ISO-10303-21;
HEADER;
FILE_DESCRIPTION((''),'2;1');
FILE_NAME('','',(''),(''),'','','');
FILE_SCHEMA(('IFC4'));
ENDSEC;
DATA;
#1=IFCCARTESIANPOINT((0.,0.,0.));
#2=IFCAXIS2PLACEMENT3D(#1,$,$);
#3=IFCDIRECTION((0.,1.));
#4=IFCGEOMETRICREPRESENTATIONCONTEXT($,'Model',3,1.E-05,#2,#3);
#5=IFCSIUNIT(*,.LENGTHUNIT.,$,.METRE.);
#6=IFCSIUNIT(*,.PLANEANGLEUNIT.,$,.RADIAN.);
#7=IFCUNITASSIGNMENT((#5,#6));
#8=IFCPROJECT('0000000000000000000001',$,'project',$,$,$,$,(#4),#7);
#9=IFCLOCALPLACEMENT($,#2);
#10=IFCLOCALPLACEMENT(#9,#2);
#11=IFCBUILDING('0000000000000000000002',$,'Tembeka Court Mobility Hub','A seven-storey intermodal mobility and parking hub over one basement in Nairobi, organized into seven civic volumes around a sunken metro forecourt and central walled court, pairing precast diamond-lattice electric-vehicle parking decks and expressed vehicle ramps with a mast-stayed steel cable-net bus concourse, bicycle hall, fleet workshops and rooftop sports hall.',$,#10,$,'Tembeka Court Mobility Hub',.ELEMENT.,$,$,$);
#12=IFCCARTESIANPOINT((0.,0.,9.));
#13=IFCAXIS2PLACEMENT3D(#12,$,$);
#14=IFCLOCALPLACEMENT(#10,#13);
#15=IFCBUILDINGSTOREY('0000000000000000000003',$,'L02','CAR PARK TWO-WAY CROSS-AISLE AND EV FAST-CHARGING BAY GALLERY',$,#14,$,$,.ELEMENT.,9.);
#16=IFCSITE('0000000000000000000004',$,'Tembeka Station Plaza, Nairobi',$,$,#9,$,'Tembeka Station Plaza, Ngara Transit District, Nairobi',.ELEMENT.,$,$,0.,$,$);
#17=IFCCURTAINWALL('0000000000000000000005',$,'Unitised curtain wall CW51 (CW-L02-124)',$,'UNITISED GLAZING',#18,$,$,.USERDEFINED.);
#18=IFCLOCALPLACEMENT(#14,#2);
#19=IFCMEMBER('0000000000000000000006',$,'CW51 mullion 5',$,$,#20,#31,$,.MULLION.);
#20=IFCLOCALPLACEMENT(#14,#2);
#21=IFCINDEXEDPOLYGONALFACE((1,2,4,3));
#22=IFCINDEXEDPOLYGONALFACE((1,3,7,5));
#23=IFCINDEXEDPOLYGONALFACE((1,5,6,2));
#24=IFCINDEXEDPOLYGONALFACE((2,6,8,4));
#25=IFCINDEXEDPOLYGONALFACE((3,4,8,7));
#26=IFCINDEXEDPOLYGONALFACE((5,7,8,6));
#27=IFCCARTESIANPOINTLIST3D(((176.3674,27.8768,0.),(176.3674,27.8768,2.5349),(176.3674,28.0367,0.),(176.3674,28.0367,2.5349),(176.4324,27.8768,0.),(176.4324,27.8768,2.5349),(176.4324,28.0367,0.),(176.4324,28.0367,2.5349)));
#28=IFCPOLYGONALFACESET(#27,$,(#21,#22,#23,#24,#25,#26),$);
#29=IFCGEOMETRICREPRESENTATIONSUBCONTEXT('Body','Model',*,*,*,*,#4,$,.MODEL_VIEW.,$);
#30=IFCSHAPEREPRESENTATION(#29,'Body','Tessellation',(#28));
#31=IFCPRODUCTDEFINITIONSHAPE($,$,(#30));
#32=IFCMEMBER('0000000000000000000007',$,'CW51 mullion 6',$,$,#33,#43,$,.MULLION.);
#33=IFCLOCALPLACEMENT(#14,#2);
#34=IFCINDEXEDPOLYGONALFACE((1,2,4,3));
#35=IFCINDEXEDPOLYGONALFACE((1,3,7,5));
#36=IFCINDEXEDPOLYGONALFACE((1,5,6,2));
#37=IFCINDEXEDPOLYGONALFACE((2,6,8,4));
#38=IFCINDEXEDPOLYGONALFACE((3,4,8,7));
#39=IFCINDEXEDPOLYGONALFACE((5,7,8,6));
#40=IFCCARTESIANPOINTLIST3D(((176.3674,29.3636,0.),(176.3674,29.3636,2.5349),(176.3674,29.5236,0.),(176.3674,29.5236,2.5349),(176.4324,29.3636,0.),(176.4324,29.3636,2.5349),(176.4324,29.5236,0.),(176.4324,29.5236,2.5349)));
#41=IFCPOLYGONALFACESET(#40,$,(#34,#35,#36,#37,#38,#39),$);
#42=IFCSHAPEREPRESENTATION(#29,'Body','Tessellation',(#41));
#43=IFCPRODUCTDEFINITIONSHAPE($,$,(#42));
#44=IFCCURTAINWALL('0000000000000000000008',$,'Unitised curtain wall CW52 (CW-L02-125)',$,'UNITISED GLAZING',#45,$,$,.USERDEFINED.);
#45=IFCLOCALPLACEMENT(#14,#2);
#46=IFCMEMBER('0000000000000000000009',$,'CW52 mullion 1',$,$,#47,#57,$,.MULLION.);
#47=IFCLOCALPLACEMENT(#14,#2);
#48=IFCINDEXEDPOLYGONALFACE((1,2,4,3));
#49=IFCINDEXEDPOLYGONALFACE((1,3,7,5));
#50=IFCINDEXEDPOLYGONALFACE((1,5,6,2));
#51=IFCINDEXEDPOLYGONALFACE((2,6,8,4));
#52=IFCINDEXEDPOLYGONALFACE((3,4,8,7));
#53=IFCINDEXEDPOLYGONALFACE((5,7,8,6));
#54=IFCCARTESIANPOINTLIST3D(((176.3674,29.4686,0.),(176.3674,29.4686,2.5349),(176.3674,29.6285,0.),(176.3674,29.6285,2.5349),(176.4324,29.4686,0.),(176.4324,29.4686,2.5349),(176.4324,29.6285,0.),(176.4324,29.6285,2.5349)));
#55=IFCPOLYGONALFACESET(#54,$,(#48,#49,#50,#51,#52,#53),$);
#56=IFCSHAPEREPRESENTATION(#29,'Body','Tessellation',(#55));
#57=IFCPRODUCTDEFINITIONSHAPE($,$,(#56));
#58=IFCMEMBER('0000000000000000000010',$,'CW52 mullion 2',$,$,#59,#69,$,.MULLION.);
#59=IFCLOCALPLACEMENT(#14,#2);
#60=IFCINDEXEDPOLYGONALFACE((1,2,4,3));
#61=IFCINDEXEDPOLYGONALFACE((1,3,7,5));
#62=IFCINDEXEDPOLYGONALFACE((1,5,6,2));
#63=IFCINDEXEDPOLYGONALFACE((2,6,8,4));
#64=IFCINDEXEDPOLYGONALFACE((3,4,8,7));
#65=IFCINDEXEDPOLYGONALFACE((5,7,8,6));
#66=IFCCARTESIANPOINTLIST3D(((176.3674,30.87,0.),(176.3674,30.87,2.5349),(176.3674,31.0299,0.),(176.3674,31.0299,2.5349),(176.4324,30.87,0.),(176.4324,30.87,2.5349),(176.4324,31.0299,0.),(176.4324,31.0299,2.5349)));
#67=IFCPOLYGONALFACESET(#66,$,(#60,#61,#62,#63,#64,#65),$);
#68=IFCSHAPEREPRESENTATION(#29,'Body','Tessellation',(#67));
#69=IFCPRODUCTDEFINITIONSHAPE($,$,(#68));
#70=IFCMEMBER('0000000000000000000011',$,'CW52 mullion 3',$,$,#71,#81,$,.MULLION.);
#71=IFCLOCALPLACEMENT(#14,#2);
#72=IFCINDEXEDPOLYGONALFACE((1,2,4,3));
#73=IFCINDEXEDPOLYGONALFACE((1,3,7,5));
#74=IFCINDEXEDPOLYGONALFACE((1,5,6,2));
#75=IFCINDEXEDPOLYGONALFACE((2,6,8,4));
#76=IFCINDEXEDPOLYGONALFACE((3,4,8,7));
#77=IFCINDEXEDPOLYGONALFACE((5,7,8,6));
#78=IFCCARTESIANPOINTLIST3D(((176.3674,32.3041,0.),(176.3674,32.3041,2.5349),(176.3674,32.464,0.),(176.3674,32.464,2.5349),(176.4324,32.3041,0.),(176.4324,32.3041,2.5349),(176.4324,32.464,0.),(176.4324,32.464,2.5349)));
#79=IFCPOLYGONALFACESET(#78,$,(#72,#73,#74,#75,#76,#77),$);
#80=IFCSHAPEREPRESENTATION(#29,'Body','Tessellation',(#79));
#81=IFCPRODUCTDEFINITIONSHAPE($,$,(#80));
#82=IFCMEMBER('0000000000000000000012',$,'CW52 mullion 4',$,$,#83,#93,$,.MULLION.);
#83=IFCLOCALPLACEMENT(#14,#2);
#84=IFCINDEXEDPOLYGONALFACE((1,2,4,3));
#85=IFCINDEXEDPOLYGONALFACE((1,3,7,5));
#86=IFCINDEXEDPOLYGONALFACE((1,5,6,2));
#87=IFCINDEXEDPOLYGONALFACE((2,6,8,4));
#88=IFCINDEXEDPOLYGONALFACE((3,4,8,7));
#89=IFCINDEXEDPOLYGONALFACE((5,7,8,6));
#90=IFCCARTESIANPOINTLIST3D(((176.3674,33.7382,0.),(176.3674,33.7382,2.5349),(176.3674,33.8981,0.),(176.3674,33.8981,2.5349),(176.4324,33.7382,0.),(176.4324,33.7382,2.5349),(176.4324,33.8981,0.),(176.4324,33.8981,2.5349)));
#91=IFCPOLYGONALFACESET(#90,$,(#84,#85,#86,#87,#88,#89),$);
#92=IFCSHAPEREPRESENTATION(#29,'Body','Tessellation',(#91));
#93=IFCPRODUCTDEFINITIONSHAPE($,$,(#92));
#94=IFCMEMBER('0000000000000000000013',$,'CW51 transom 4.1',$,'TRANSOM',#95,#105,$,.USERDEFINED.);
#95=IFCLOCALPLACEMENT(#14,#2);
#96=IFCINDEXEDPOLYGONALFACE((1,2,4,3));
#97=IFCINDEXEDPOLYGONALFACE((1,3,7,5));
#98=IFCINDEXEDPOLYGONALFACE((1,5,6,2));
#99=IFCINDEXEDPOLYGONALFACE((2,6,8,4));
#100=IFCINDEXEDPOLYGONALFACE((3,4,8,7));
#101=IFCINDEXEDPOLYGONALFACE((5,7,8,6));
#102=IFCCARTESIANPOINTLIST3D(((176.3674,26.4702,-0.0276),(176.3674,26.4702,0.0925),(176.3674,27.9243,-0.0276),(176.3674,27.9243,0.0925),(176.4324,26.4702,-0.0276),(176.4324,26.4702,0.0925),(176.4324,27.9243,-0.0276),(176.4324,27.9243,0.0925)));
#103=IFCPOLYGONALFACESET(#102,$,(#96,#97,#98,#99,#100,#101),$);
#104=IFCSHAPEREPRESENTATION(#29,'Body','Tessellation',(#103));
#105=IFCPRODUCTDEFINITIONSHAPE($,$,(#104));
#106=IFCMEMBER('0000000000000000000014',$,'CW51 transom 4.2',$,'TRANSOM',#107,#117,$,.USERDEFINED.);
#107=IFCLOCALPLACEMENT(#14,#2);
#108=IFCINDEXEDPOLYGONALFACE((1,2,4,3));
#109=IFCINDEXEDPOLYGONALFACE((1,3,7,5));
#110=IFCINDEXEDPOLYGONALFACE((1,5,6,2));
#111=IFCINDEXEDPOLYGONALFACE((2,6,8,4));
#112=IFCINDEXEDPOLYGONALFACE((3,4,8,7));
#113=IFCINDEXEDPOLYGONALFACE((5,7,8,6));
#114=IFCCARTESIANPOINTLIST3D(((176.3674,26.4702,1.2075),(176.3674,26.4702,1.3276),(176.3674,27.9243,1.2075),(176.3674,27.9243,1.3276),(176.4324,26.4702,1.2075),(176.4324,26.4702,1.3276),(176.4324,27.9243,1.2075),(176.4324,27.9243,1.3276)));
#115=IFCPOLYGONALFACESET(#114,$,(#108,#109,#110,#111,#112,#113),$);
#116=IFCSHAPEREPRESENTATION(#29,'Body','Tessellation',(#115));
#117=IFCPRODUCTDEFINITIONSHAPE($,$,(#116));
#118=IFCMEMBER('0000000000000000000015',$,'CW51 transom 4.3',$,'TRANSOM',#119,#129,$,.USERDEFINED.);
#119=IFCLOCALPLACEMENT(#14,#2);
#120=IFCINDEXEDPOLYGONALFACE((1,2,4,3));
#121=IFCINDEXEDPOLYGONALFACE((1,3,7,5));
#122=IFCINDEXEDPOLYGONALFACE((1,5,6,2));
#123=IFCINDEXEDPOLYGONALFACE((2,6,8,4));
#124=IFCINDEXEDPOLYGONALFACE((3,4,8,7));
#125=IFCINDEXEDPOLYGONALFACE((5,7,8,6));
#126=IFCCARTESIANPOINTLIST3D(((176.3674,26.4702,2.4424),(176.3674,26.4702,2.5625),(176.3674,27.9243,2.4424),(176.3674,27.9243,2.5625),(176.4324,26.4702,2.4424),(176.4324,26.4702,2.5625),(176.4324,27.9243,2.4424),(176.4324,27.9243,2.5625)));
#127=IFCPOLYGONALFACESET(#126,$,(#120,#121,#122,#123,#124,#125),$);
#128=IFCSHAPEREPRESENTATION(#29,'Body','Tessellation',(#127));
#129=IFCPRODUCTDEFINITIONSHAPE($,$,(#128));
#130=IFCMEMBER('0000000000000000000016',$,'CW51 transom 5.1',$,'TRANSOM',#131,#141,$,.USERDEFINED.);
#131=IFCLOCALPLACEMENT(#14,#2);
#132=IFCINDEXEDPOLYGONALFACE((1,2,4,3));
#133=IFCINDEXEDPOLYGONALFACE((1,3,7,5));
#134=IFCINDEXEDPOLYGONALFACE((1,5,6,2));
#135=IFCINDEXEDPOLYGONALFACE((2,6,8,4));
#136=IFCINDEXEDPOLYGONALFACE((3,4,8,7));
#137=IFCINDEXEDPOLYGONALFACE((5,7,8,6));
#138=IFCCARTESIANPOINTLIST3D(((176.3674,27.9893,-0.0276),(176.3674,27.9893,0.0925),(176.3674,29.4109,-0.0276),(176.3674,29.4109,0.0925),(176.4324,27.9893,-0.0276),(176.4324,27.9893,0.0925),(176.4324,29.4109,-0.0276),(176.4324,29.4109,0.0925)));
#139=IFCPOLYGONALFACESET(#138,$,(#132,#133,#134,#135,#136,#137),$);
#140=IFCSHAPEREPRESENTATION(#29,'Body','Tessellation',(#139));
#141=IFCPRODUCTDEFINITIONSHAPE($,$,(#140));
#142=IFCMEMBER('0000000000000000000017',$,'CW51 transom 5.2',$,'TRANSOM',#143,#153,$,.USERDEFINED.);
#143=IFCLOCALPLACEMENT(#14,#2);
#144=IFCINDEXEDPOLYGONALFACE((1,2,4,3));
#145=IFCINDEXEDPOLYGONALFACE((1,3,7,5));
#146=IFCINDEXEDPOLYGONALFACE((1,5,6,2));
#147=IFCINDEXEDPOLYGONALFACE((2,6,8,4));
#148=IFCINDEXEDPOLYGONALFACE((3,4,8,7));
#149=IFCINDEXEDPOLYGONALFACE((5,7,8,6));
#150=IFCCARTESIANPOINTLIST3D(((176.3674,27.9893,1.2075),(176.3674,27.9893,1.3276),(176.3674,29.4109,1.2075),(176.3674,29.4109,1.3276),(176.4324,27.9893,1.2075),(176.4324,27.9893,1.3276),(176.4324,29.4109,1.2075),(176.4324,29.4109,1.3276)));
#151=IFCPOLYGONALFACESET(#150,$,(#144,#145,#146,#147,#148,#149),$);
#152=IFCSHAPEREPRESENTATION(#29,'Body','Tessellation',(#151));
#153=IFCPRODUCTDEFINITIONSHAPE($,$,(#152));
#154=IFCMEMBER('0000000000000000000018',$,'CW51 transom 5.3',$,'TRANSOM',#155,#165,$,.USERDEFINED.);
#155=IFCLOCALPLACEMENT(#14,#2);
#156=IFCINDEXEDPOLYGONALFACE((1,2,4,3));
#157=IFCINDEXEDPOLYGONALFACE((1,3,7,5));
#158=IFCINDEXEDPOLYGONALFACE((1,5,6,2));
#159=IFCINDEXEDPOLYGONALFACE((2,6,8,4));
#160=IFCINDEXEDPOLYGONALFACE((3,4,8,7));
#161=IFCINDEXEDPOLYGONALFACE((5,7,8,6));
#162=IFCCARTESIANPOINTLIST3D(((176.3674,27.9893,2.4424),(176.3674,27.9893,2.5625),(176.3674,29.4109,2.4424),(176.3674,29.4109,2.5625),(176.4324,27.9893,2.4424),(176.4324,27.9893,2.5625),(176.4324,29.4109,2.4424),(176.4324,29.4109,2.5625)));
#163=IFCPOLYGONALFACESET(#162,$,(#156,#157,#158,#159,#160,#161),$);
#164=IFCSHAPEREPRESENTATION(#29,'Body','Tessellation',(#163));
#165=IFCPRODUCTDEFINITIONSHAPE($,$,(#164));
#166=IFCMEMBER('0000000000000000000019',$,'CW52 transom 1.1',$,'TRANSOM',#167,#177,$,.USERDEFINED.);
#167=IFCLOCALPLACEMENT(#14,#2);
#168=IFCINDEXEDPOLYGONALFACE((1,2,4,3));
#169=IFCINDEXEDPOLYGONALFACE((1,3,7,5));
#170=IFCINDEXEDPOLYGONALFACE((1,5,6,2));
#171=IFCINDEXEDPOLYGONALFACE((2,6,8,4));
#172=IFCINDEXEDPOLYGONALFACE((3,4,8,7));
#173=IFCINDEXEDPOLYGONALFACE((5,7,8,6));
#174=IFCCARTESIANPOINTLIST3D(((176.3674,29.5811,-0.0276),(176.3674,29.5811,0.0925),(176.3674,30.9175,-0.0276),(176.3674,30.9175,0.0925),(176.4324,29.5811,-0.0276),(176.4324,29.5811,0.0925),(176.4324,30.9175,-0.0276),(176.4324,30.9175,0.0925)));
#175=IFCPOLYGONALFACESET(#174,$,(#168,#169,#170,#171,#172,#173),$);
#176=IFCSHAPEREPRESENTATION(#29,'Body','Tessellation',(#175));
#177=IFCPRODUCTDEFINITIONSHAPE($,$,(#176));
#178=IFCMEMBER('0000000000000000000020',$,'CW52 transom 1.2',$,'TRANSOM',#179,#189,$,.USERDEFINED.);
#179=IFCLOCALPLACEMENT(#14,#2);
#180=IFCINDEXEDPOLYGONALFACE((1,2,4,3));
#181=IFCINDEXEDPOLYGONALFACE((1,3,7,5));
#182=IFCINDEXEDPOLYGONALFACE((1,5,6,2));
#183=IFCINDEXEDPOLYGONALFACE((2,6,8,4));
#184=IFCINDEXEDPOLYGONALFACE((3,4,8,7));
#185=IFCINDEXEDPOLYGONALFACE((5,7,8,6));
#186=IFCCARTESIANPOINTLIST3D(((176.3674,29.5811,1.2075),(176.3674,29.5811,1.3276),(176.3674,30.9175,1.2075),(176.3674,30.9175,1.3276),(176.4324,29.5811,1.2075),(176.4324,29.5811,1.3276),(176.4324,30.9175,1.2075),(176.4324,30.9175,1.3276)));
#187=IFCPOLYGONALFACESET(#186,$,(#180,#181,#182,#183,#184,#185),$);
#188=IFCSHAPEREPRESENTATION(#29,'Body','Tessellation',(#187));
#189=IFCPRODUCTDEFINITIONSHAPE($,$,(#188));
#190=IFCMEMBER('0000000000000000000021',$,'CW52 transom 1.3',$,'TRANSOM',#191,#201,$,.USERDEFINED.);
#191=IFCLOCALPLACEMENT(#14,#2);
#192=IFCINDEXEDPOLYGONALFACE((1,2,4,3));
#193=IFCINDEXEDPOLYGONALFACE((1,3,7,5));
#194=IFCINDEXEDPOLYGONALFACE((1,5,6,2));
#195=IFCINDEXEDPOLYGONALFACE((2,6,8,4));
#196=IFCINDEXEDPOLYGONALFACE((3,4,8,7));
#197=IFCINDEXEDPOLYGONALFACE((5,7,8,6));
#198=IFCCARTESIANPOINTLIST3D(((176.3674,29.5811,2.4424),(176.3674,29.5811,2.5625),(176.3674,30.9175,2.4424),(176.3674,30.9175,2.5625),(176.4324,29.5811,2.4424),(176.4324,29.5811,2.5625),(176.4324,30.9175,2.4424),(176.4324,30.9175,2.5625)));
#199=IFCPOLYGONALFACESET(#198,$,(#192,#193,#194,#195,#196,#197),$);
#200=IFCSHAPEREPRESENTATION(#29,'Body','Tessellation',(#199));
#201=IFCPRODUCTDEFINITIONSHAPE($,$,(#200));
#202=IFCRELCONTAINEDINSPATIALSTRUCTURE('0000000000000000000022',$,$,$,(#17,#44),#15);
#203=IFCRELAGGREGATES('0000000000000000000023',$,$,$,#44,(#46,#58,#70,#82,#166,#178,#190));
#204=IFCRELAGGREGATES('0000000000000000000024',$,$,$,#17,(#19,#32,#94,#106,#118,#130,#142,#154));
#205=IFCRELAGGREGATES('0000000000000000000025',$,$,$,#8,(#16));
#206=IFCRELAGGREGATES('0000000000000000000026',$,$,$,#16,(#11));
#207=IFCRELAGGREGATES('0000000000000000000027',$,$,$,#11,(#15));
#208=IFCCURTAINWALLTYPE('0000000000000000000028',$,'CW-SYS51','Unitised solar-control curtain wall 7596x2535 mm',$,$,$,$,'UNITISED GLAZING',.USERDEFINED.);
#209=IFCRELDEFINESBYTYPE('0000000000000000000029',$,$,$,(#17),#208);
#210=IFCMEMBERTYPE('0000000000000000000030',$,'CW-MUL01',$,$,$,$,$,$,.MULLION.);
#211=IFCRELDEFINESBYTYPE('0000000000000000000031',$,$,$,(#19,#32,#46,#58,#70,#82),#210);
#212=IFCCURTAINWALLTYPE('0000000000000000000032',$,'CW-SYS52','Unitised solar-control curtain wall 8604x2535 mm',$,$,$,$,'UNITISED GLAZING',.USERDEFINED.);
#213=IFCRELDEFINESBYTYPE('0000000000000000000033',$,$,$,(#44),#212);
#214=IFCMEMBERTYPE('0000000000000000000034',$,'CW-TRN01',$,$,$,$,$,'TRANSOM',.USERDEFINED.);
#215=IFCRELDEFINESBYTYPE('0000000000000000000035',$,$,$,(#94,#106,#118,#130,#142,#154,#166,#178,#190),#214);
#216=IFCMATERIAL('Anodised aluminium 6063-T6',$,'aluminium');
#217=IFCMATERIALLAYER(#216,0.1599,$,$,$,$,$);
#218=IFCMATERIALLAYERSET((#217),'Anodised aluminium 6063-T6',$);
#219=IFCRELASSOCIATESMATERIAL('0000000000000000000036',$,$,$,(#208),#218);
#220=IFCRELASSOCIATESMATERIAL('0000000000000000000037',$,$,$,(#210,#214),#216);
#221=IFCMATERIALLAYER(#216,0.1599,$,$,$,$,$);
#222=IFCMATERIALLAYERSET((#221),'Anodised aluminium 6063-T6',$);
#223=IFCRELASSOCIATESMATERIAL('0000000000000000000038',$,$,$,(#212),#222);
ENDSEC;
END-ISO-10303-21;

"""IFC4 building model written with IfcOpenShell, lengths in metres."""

from ifc_helpers import new_model, si_unit, direction, frame, origin, origin_2d, place, context, subcontext, project, spatial, rectangle, extrude, material, layer, layer_set, material_profile, profile_set, type_object, element, aggregate, save


model = new_model("IFC4")

# Units and contexts
model_context = context("Model", 3, precision=1e-05, world=origin(), true_north=direction((0.0, 1.0)))
body_context = subcontext(model_context, "Body", "Model", "MODEL_VIEW")
ifc_project = project(units=[si_unit("LENGTHUNIT", "METRE"), si_unit("PLANEANGLEUNIT", "RADIAN")], contexts=[model_context])

# Site, building, storey
site_placement = place(None, origin())
site = spatial("IfcSite", under=ifc_project, at=site_placement, Name="Tembeka Station Plaza, Nairobi", LongName="Tembeka Station Plaza, Ngara Transit District, Nairobi", CompositionType="ELEMENT", RefElevation=0.0)
building_placement = place(site_placement, origin())
building = spatial("IfcBuilding", under=site, at=building_placement, Name="Tembeka Court Mobility Hub", Description="A seven-storey intermodal mobility and parking hub over one basement in Nairobi, organized into seven civic volumes around a sunken metro forecourt and central walled court, pairing precast diamond-lattice electric-vehicle parking decks and expressed vehicle ramps with a mast-stayed steel cable-net bus concourse, bicycle hall, fleet workshops and rooftop sports hall.", LongName="Tembeka Court Mobility Hub", CompositionType="ELEMENT")
storey_placement = place(building_placement, frame((0.0, 0.0, 9.0)))
storey = spatial("IfcBuildingStorey", under=building, at=storey_placement, Name="L02", Description="CAR PARK TWO-WAY CROSS-AISLE AND EV FAST-CHARGING BAY GALLERY", CompositionType="ELEMENT", Elevation=9.0)

# Curtain walls, members
ifc_material_1 = material(Name="Anodised aluminium 6063-T6", Category="aluminium")
ifc_layer_1 = layer(ifc_material_1, 0.1599)
ifc_layer_set_1 = layer_set([ifc_layer_1], Name="Anodised aluminium 6063-T6")
curtain_wall_type_1 = type_object("IfcCurtainWallType", Name="CW-SYS51", Description="Unitised solar-control curtain wall 7596x2535 mm", ElementType="UNITISED GLAZING", PredefinedType="USERDEFINED", material=ifc_layer_set_1)
curtain_wall_1_placement = place(storey_placement, origin())
curtain_wall_1 = element("IfcCurtainWall", 1, at=curtain_wall_1_placement, inside=storey, type_object=curtain_wall_type_1, Name="Unitised curtain wall CW51 (CW-L02-124)", ObjectType="UNITISED GLAZING", PredefinedType="USERDEFINED")
ifc_material_profile_1 = material_profile(ifc_material_1, rectangle(XDim=0.0649, YDim=0.1599, at=origin_2d()), Name="ALU-MUL 65x160")
ifc_profile_set_1 = profile_set([ifc_material_profile_1], Name="Anodised aluminium 6063-T6")
member_type_1 = type_object("IfcMemberType", Name="CW-MUL01", PredefinedType="MULLION", material=ifc_profile_set_1)
member_1_placement = place(storey_placement, frame((176.3999, 27.9568, 0.0), z_axis=(0.0, 0.0, 1.0), x_axis=(-1.0, 0.0, 0.0)))
member_1 = element("IfcMember", 2, at=member_1_placement, type_object=member_type_1, Name="CW51 mullion 5", PredefinedType="MULLION", context=body_context, shape_type="SweptSolid", body=[
    extrude(rectangle(XDim=0.0649, YDim=0.1599, at=origin_2d()), origin(), (0.0, 0.0, 1.0), 2.5349),
])
member_2_placement = place(storey_placement, frame((176.3999, 29.4436, 0.0), z_axis=(0.0, 0.0, 1.0), x_axis=(-1.0, 0.0, 0.0)))
member_2 = element("IfcMember", 3, at=member_2_placement, type_object=member_type_1, Name="CW51 mullion 6", PredefinedType="MULLION", context=body_context, shape_type="SweptSolid", body=[
    extrude(rectangle(XDim=0.0649, YDim=0.1599, at=origin_2d()), origin(), (0.0, 0.0, 1.0), 2.5349),
])
ifc_layer_2 = layer(ifc_material_1, 0.1599)
ifc_layer_set_2 = layer_set([ifc_layer_2], Name="Anodised aluminium 6063-T6")
curtain_wall_type_2 = type_object("IfcCurtainWallType", Name="CW-SYS52", Description="Unitised solar-control curtain wall 8604x2535 mm", ElementType="UNITISED GLAZING", PredefinedType="USERDEFINED", material=ifc_layer_set_2)
curtain_wall_2_placement = place(storey_placement, origin())
curtain_wall_2 = element("IfcCurtainWall", 4, at=curtain_wall_2_placement, inside=storey, type_object=curtain_wall_type_2, Name="Unitised curtain wall CW52 (CW-L02-125)", ObjectType="UNITISED GLAZING", PredefinedType="USERDEFINED")
member_3_placement = place(storey_placement, frame((176.3999, 29.5486, 0.0), z_axis=(0.0, 0.0, 1.0), x_axis=(-1.0, 0.0, 0.0)))
member_3 = element("IfcMember", 5, at=member_3_placement, type_object=member_type_1, Name="CW52 mullion 1", PredefinedType="MULLION", context=body_context, shape_type="SweptSolid", body=[
    extrude(rectangle(XDim=0.0649, YDim=0.1599, at=origin_2d()), origin(), (0.0, 0.0, 1.0), 2.5349),
])
member_4_placement = place(storey_placement, frame((176.3999, 30.95, 0.0), z_axis=(0.0, 0.0, 1.0), x_axis=(-1.0, 0.0, 0.0)))
member_4 = element("IfcMember", 6, at=member_4_placement, type_object=member_type_1, Name="CW52 mullion 2", PredefinedType="MULLION", context=body_context, shape_type="SweptSolid", body=[
    extrude(rectangle(XDim=0.0649, YDim=0.1599, at=origin_2d()), origin(), (0.0, 0.0, 1.0), 2.5349),
])
member_5_placement = place(storey_placement, frame((176.3999, 32.384, 0.0), z_axis=(0.0, 0.0, 1.0), x_axis=(-1.0, 0.0, 0.0)))
member_5 = element("IfcMember", 7, at=member_5_placement, type_object=member_type_1, Name="CW52 mullion 3", PredefinedType="MULLION", context=body_context, shape_type="SweptSolid", body=[
    extrude(rectangle(XDim=0.0649, YDim=0.1599, at=origin_2d()), origin(), (0.0, 0.0, 1.0), 2.5349),
])
member_6_placement = place(storey_placement, frame((176.3999, 33.8181, 0.0), z_axis=(0.0, 0.0, 1.0), x_axis=(-1.0, 0.0, 0.0)))
member_6 = element("IfcMember", 8, at=member_6_placement, type_object=member_type_1, Name="CW52 mullion 4", PredefinedType="MULLION", context=body_context, shape_type="SweptSolid", body=[
    extrude(rectangle(XDim=0.0649, YDim=0.1599, at=origin_2d()), origin(), (0.0, 0.0, 1.0), 2.5349),
])

# Members
ifc_material_profile_2 = material_profile(ifc_material_1, rectangle(XDim=0.0649, YDim=0.1201, at=origin_2d()), Name="ALU-TRN 65x120")
ifc_profile_set_2 = profile_set([ifc_material_profile_2], Name="Anodised aluminium 6063-T6")
member_type_2 = type_object("IfcMemberType", Name="CW-TRN01", ElementType="TRANSOM", PredefinedType="USERDEFINED", material=ifc_profile_set_2)
member_7_placement = place(storey_placement, frame((176.3999, 26.4702, 0.0325), z_axis=(0.0, 1.0, 0.0), x_axis=(-1.0, 0.0, 0.0)))
member_7 = element("IfcMember", 9, at=member_7_placement, type_object=member_type_2, Name="CW51 transom 4.1", ObjectType="TRANSOM", PredefinedType="USERDEFINED", context=body_context, shape_type="SweptSolid", body=[
    extrude(rectangle(XDim=0.0649, YDim=0.1201, at=origin_2d()), origin(), (0.0, 0.0, 1.0), 1.4541),
])
member_8_placement = place(storey_placement, frame((176.3999, 26.4702, 1.2676), z_axis=(0.0, 1.0, 0.0), x_axis=(-1.0, 0.0, 0.0)))
member_8 = element("IfcMember", 10, at=member_8_placement, type_object=member_type_2, Name="CW51 transom 4.2", ObjectType="TRANSOM", PredefinedType="USERDEFINED", context=body_context, shape_type="SweptSolid", body=[
    extrude(rectangle(XDim=0.0649, YDim=0.1201, at=origin_2d()), origin(), (0.0, 0.0, 1.0), 1.4541),
])
member_9_placement = place(storey_placement, frame((176.3999, 26.4702, 2.5024), z_axis=(0.0, 1.0, 0.0), x_axis=(-1.0, 0.0, 0.0)))
member_9 = element("IfcMember", 11, at=member_9_placement, type_object=member_type_2, Name="CW51 transom 4.3", ObjectType="TRANSOM", PredefinedType="USERDEFINED", context=body_context, shape_type="SweptSolid", body=[
    extrude(rectangle(XDim=0.0649, YDim=0.1201, at=origin_2d()), origin(), (0.0, 0.0, 1.0), 1.4541),
])
member_10_placement = place(storey_placement, frame((176.3999, 27.9893, 0.0325), z_axis=(0.0, 1.0, 0.0), x_axis=(-1.0, 0.0, 0.0)))
member_10 = element("IfcMember", 12, at=member_10_placement, type_object=member_type_2, Name="CW51 transom 5.1", ObjectType="TRANSOM", PredefinedType="USERDEFINED", context=body_context, shape_type="SweptSolid", body=[
    extrude(rectangle(XDim=0.0649, YDim=0.1201, at=origin_2d()), origin(), (0.0, 0.0, 1.0), 1.4216),
])
member_11_placement = place(storey_placement, frame((176.3999, 27.9893, 1.2676), z_axis=(0.0, 1.0, 0.0), x_axis=(-1.0, 0.0, 0.0)))
member_11 = element("IfcMember", 13, at=member_11_placement, type_object=member_type_2, Name="CW51 transom 5.2", ObjectType="TRANSOM", PredefinedType="USERDEFINED", context=body_context, shape_type="SweptSolid", body=[
    extrude(rectangle(XDim=0.0649, YDim=0.1201, at=origin_2d()), origin(), (0.0, 0.0, 1.0), 1.4216),
])
member_12_placement = place(storey_placement, frame((176.3999, 27.9893, 2.5024), z_axis=(0.0, 1.0, 0.0), x_axis=(-1.0, 0.0, 0.0)))
member_12 = element("IfcMember", 14, at=member_12_placement, type_object=member_type_2, Name="CW51 transom 5.3", ObjectType="TRANSOM", PredefinedType="USERDEFINED", context=body_context, shape_type="SweptSolid", body=[
    extrude(rectangle(XDim=0.0649, YDim=0.1201, at=origin_2d()), origin(), (0.0, 0.0, 1.0), 1.4216),
])
member_13_placement = place(storey_placement, frame((176.3999, 29.5811, 0.0325), z_axis=(0.0, 1.0, 0.0), x_axis=(-1.0, 0.0, 0.0)))
member_13 = element("IfcMember", 15, at=member_13_placement, type_object=member_type_2, Name="CW52 transom 1.1", ObjectType="TRANSOM", PredefinedType="USERDEFINED", context=body_context, shape_type="SweptSolid", body=[
    extrude(rectangle(XDim=0.0649, YDim=0.1201, at=origin_2d()), origin(), (0.0, 0.0, 1.0), 1.3364),
])
member_14_placement = place(storey_placement, frame((176.3999, 29.5811, 1.2676), z_axis=(0.0, 1.0, 0.0), x_axis=(-1.0, 0.0, 0.0)))
member_14 = element("IfcMember", 16, at=member_14_placement, type_object=member_type_2, Name="CW52 transom 1.2", ObjectType="TRANSOM", PredefinedType="USERDEFINED", context=body_context, shape_type="SweptSolid", body=[
    extrude(rectangle(XDim=0.0649, YDim=0.1201, at=origin_2d()), origin(), (0.0, 0.0, 1.0), 1.3364),
])
member_15_placement = place(storey_placement, frame((176.3999, 29.5811, 2.5024), z_axis=(0.0, 1.0, 0.0), x_axis=(-1.0, 0.0, 0.0)))
member_15 = element("IfcMember", 17, at=member_15_placement, type_object=member_type_2, Name="CW52 transom 1.3", ObjectType="TRANSOM", PredefinedType="USERDEFINED", context=body_context, shape_type="SweptSolid", body=[
    extrude(rectangle(XDim=0.0649, YDim=0.1201, at=origin_2d()), origin(), (0.0, 0.0, 1.0), 1.3364),
])

aggregate(curtain_wall_2, [member_3, member_4, member_5, member_6, member_13, member_14, member_15])
aggregate(curtain_wall_1, [member_1, member_2, member_7, member_8, member_9, member_10, member_11, member_12])

save(model, "model.ifc")
